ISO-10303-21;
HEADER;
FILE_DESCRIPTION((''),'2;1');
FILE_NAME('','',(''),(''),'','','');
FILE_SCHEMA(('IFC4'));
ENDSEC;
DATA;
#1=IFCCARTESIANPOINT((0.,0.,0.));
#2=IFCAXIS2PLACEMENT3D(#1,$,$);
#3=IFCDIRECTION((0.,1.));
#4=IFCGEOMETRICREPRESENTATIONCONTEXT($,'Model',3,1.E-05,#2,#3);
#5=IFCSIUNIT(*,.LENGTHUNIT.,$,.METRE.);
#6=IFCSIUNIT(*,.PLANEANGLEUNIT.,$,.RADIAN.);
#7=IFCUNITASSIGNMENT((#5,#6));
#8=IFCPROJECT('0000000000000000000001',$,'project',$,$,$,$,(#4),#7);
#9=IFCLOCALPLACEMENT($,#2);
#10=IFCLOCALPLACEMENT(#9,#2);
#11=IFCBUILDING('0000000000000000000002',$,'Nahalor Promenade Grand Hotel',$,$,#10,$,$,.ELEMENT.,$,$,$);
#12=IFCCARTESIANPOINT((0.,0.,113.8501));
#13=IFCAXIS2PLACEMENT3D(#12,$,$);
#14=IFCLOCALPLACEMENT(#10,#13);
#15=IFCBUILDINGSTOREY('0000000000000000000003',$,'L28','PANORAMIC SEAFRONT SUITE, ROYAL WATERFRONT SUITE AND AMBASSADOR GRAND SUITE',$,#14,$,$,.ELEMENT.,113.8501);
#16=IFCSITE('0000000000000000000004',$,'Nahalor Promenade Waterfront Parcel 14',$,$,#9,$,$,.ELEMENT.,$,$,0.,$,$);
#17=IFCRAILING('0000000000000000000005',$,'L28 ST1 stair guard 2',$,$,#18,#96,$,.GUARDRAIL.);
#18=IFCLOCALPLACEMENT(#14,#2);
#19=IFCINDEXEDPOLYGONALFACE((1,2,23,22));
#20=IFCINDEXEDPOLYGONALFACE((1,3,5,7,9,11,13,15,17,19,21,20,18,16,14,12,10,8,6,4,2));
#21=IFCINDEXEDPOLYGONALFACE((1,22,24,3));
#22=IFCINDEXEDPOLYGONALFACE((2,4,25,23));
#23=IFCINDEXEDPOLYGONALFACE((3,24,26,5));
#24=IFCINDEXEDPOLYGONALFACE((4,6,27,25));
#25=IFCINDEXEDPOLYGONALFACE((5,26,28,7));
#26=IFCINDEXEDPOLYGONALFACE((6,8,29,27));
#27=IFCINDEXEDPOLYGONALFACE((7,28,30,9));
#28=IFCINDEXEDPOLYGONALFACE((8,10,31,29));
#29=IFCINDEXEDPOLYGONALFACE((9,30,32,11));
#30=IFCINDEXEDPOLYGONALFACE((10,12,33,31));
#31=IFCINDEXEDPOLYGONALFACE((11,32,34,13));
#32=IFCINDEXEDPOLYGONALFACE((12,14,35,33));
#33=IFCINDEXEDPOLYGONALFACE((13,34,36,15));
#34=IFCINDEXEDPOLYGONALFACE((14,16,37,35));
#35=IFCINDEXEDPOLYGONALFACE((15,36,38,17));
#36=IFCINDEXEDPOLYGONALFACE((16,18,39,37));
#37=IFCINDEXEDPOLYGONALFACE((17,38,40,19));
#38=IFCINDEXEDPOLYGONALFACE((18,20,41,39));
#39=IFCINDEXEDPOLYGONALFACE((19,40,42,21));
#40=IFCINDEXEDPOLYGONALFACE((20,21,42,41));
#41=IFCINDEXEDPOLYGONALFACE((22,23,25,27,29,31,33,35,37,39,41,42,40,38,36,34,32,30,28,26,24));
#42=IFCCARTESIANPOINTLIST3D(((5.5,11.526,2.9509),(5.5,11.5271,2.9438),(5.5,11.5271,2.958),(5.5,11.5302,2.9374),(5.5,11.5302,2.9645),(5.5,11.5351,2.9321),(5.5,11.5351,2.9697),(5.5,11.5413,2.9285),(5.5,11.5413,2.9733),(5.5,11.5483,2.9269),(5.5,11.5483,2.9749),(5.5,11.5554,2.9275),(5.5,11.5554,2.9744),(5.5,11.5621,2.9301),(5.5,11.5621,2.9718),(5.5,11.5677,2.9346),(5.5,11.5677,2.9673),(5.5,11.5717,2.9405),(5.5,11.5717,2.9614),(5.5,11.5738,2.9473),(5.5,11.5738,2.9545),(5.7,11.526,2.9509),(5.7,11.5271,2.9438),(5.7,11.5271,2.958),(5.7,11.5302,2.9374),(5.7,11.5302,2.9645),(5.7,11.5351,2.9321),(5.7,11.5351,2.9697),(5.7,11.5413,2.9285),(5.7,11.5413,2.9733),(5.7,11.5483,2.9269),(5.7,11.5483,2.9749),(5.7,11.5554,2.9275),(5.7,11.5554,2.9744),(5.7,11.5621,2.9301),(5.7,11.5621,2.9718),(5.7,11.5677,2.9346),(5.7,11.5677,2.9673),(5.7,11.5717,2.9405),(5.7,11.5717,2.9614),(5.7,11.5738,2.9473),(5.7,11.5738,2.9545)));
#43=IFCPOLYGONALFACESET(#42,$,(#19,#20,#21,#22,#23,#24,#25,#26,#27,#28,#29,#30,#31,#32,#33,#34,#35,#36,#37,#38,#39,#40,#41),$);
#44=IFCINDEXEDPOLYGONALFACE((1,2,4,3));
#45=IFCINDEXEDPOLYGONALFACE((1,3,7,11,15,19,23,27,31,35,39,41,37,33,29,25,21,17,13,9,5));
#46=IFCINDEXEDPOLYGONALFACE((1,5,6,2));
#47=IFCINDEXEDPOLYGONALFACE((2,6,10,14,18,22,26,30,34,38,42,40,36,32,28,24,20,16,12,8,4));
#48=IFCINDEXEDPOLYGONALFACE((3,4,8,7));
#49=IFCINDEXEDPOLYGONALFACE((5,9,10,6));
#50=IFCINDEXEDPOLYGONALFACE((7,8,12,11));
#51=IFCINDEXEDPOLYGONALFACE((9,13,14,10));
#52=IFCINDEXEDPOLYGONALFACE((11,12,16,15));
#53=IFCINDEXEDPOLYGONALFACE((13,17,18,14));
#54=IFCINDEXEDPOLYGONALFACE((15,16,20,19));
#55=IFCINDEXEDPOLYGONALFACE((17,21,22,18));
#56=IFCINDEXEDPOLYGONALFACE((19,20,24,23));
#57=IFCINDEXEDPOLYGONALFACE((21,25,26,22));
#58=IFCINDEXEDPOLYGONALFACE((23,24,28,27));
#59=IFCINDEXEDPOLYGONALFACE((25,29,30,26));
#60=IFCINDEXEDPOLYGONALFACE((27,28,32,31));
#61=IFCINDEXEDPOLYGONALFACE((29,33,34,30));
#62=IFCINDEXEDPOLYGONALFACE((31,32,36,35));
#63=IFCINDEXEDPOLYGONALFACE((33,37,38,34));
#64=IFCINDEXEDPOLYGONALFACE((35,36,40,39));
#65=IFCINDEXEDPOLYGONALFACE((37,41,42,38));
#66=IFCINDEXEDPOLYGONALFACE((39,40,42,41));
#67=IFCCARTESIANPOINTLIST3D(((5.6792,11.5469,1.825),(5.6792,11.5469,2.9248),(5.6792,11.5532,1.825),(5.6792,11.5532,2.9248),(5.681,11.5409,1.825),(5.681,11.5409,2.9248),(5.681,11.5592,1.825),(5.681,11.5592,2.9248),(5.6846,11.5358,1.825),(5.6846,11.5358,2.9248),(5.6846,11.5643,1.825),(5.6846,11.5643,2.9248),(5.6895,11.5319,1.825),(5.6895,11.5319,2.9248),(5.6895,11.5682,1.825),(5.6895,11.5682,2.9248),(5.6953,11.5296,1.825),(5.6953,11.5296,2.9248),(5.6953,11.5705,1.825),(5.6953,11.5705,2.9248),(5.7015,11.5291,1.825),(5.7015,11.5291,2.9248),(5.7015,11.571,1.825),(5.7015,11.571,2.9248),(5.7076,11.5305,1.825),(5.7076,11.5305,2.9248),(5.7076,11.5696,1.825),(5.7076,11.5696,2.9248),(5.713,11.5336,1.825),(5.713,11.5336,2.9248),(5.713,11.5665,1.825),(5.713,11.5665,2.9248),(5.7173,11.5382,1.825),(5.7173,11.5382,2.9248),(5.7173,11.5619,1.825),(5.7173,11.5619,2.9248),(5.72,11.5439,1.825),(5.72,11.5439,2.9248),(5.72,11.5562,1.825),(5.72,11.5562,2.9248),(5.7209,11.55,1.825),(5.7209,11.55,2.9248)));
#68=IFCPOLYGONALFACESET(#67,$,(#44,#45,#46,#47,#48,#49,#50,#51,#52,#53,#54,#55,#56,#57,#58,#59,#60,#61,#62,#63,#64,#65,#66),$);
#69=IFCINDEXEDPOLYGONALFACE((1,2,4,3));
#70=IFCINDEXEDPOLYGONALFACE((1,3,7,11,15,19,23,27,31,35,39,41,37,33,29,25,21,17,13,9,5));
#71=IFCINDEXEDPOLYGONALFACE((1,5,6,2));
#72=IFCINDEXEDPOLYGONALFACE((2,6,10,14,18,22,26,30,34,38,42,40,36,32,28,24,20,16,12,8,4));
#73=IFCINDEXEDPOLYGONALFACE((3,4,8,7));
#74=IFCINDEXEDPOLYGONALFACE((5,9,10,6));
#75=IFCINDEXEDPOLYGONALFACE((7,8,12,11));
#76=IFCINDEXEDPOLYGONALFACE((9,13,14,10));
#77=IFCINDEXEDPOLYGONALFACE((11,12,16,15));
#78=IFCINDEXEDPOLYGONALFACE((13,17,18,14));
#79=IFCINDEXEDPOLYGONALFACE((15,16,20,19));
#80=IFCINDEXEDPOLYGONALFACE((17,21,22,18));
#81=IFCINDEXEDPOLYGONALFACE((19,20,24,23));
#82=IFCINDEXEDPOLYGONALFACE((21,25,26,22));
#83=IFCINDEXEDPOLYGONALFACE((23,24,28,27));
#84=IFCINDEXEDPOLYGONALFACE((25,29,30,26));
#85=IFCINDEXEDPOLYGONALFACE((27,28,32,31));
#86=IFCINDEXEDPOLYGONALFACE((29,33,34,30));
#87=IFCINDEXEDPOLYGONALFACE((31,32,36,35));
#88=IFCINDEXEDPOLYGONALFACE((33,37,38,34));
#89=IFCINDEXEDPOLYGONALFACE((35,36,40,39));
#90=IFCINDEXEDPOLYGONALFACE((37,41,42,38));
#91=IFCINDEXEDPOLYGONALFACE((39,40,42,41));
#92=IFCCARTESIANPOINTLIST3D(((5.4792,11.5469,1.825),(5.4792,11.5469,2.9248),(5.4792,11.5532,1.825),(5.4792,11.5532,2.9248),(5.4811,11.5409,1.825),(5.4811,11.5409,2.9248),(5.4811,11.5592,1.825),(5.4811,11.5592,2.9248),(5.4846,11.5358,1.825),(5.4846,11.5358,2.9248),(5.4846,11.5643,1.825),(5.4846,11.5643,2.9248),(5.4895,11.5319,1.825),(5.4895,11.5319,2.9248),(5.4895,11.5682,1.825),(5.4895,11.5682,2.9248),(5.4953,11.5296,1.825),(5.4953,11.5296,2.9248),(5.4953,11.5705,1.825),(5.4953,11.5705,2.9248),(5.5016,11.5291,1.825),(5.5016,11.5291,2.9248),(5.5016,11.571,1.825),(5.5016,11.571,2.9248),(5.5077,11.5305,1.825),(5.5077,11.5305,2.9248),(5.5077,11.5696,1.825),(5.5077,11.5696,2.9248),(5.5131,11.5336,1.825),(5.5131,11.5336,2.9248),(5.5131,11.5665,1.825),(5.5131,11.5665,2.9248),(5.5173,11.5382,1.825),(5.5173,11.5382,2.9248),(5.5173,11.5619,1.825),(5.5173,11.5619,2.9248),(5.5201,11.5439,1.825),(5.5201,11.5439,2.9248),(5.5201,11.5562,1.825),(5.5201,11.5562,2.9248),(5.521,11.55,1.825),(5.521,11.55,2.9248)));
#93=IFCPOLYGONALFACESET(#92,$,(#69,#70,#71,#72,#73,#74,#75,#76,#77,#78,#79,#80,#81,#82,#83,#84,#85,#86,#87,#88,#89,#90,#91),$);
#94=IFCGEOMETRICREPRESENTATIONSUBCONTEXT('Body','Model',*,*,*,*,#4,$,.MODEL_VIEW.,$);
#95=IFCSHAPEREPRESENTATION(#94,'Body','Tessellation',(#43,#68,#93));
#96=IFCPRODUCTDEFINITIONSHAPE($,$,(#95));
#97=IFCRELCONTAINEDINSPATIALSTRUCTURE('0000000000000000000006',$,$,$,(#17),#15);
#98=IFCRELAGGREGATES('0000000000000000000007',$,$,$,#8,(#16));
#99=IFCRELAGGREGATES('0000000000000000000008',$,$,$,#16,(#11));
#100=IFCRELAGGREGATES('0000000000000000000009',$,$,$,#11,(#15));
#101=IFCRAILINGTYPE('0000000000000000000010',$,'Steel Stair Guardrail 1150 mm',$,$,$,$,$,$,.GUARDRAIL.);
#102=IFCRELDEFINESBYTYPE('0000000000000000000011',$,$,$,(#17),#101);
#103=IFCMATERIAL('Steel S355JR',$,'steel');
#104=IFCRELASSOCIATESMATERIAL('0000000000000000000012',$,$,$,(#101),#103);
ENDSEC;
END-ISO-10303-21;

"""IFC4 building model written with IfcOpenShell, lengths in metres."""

from ifc_helpers import new_model, si_unit, direction, frame, origin, origin_2d, place, context, subcontext, project, spatial, circle, extrude, material, type_object, element, save


model = new_model("IFC4")

# Units and contexts
model_context = context("Model", 3, precision=1e-05, world=origin(), true_north=direction((0.0, 1.0)))
body_context = subcontext(model_context, "Body", "Model", "MODEL_VIEW")
ifc_project = project(units=[si_unit("LENGTHUNIT", "METRE"), si_unit("PLANEANGLEUNIT", "RADIAN")], contexts=[model_context])

# Site, building, storey
site_placement = place(None, origin())
site = spatial("IfcSite", under=ifc_project, at=site_placement, Name="Nahalor Promenade Waterfront Parcel 14", CompositionType="ELEMENT", RefElevation=0.0)
building_placement = place(site_placement, origin())
building = spatial("IfcBuilding", under=site, at=building_placement, Name="Nahalor Promenade Grand Hotel", CompositionType="ELEMENT")
storey_placement = place(building_placement, frame((0.0, 0.0, 113.8501)))
storey = spatial("IfcBuildingStorey", under=building, at=storey_placement, Name="L28", Description="PANORAMIC SEAFRONT SUITE, ROYAL WATERFRONT SUITE AND AMBASSADOR GRAND SUITE", CompositionType="ELEMENT", Elevation=113.8501)

# Shared definitions
ifc_material_1 = material(Name="Steel S355JR", Category="steel")

# Railing
railing_type_1 = type_object("IfcRailingType", Name="Steel Stair Guardrail 1150 mm", PredefinedType="GUARDRAIL", material=ifc_material_1)
railing_1_placement = place(storey_placement, frame((5.7, 11.55, 1.825)))
element("IfcRailing", 1, at=railing_1_placement, inside=storey, type_object=railing_type_1, Name="L28 ST1 stair guard 2", PredefinedType="GUARDRAIL", context=body_context, shape_type="SweptSolid", body=[
    extrude(circle(Radius=0.024, at=origin_2d()), frame((0.0, 0.0, 1.126), z_axis=(-1.0, 0.0, 0.0), x_axis=(0.0, -1.0, 0.0)), (0.0, 0.0, 1.0), 0.2),
    extrude(circle(Radius=0.021, at=origin_2d()), origin(), (0.0, 0.0, 1.0), 1.0999),
    extrude(circle(Radius=0.021, at=origin_2d()), frame((-0.2, 0.0, 0.0)), (0.0, 0.0, 1.0), 1.0999),
])

save(model, "model.ifc")
